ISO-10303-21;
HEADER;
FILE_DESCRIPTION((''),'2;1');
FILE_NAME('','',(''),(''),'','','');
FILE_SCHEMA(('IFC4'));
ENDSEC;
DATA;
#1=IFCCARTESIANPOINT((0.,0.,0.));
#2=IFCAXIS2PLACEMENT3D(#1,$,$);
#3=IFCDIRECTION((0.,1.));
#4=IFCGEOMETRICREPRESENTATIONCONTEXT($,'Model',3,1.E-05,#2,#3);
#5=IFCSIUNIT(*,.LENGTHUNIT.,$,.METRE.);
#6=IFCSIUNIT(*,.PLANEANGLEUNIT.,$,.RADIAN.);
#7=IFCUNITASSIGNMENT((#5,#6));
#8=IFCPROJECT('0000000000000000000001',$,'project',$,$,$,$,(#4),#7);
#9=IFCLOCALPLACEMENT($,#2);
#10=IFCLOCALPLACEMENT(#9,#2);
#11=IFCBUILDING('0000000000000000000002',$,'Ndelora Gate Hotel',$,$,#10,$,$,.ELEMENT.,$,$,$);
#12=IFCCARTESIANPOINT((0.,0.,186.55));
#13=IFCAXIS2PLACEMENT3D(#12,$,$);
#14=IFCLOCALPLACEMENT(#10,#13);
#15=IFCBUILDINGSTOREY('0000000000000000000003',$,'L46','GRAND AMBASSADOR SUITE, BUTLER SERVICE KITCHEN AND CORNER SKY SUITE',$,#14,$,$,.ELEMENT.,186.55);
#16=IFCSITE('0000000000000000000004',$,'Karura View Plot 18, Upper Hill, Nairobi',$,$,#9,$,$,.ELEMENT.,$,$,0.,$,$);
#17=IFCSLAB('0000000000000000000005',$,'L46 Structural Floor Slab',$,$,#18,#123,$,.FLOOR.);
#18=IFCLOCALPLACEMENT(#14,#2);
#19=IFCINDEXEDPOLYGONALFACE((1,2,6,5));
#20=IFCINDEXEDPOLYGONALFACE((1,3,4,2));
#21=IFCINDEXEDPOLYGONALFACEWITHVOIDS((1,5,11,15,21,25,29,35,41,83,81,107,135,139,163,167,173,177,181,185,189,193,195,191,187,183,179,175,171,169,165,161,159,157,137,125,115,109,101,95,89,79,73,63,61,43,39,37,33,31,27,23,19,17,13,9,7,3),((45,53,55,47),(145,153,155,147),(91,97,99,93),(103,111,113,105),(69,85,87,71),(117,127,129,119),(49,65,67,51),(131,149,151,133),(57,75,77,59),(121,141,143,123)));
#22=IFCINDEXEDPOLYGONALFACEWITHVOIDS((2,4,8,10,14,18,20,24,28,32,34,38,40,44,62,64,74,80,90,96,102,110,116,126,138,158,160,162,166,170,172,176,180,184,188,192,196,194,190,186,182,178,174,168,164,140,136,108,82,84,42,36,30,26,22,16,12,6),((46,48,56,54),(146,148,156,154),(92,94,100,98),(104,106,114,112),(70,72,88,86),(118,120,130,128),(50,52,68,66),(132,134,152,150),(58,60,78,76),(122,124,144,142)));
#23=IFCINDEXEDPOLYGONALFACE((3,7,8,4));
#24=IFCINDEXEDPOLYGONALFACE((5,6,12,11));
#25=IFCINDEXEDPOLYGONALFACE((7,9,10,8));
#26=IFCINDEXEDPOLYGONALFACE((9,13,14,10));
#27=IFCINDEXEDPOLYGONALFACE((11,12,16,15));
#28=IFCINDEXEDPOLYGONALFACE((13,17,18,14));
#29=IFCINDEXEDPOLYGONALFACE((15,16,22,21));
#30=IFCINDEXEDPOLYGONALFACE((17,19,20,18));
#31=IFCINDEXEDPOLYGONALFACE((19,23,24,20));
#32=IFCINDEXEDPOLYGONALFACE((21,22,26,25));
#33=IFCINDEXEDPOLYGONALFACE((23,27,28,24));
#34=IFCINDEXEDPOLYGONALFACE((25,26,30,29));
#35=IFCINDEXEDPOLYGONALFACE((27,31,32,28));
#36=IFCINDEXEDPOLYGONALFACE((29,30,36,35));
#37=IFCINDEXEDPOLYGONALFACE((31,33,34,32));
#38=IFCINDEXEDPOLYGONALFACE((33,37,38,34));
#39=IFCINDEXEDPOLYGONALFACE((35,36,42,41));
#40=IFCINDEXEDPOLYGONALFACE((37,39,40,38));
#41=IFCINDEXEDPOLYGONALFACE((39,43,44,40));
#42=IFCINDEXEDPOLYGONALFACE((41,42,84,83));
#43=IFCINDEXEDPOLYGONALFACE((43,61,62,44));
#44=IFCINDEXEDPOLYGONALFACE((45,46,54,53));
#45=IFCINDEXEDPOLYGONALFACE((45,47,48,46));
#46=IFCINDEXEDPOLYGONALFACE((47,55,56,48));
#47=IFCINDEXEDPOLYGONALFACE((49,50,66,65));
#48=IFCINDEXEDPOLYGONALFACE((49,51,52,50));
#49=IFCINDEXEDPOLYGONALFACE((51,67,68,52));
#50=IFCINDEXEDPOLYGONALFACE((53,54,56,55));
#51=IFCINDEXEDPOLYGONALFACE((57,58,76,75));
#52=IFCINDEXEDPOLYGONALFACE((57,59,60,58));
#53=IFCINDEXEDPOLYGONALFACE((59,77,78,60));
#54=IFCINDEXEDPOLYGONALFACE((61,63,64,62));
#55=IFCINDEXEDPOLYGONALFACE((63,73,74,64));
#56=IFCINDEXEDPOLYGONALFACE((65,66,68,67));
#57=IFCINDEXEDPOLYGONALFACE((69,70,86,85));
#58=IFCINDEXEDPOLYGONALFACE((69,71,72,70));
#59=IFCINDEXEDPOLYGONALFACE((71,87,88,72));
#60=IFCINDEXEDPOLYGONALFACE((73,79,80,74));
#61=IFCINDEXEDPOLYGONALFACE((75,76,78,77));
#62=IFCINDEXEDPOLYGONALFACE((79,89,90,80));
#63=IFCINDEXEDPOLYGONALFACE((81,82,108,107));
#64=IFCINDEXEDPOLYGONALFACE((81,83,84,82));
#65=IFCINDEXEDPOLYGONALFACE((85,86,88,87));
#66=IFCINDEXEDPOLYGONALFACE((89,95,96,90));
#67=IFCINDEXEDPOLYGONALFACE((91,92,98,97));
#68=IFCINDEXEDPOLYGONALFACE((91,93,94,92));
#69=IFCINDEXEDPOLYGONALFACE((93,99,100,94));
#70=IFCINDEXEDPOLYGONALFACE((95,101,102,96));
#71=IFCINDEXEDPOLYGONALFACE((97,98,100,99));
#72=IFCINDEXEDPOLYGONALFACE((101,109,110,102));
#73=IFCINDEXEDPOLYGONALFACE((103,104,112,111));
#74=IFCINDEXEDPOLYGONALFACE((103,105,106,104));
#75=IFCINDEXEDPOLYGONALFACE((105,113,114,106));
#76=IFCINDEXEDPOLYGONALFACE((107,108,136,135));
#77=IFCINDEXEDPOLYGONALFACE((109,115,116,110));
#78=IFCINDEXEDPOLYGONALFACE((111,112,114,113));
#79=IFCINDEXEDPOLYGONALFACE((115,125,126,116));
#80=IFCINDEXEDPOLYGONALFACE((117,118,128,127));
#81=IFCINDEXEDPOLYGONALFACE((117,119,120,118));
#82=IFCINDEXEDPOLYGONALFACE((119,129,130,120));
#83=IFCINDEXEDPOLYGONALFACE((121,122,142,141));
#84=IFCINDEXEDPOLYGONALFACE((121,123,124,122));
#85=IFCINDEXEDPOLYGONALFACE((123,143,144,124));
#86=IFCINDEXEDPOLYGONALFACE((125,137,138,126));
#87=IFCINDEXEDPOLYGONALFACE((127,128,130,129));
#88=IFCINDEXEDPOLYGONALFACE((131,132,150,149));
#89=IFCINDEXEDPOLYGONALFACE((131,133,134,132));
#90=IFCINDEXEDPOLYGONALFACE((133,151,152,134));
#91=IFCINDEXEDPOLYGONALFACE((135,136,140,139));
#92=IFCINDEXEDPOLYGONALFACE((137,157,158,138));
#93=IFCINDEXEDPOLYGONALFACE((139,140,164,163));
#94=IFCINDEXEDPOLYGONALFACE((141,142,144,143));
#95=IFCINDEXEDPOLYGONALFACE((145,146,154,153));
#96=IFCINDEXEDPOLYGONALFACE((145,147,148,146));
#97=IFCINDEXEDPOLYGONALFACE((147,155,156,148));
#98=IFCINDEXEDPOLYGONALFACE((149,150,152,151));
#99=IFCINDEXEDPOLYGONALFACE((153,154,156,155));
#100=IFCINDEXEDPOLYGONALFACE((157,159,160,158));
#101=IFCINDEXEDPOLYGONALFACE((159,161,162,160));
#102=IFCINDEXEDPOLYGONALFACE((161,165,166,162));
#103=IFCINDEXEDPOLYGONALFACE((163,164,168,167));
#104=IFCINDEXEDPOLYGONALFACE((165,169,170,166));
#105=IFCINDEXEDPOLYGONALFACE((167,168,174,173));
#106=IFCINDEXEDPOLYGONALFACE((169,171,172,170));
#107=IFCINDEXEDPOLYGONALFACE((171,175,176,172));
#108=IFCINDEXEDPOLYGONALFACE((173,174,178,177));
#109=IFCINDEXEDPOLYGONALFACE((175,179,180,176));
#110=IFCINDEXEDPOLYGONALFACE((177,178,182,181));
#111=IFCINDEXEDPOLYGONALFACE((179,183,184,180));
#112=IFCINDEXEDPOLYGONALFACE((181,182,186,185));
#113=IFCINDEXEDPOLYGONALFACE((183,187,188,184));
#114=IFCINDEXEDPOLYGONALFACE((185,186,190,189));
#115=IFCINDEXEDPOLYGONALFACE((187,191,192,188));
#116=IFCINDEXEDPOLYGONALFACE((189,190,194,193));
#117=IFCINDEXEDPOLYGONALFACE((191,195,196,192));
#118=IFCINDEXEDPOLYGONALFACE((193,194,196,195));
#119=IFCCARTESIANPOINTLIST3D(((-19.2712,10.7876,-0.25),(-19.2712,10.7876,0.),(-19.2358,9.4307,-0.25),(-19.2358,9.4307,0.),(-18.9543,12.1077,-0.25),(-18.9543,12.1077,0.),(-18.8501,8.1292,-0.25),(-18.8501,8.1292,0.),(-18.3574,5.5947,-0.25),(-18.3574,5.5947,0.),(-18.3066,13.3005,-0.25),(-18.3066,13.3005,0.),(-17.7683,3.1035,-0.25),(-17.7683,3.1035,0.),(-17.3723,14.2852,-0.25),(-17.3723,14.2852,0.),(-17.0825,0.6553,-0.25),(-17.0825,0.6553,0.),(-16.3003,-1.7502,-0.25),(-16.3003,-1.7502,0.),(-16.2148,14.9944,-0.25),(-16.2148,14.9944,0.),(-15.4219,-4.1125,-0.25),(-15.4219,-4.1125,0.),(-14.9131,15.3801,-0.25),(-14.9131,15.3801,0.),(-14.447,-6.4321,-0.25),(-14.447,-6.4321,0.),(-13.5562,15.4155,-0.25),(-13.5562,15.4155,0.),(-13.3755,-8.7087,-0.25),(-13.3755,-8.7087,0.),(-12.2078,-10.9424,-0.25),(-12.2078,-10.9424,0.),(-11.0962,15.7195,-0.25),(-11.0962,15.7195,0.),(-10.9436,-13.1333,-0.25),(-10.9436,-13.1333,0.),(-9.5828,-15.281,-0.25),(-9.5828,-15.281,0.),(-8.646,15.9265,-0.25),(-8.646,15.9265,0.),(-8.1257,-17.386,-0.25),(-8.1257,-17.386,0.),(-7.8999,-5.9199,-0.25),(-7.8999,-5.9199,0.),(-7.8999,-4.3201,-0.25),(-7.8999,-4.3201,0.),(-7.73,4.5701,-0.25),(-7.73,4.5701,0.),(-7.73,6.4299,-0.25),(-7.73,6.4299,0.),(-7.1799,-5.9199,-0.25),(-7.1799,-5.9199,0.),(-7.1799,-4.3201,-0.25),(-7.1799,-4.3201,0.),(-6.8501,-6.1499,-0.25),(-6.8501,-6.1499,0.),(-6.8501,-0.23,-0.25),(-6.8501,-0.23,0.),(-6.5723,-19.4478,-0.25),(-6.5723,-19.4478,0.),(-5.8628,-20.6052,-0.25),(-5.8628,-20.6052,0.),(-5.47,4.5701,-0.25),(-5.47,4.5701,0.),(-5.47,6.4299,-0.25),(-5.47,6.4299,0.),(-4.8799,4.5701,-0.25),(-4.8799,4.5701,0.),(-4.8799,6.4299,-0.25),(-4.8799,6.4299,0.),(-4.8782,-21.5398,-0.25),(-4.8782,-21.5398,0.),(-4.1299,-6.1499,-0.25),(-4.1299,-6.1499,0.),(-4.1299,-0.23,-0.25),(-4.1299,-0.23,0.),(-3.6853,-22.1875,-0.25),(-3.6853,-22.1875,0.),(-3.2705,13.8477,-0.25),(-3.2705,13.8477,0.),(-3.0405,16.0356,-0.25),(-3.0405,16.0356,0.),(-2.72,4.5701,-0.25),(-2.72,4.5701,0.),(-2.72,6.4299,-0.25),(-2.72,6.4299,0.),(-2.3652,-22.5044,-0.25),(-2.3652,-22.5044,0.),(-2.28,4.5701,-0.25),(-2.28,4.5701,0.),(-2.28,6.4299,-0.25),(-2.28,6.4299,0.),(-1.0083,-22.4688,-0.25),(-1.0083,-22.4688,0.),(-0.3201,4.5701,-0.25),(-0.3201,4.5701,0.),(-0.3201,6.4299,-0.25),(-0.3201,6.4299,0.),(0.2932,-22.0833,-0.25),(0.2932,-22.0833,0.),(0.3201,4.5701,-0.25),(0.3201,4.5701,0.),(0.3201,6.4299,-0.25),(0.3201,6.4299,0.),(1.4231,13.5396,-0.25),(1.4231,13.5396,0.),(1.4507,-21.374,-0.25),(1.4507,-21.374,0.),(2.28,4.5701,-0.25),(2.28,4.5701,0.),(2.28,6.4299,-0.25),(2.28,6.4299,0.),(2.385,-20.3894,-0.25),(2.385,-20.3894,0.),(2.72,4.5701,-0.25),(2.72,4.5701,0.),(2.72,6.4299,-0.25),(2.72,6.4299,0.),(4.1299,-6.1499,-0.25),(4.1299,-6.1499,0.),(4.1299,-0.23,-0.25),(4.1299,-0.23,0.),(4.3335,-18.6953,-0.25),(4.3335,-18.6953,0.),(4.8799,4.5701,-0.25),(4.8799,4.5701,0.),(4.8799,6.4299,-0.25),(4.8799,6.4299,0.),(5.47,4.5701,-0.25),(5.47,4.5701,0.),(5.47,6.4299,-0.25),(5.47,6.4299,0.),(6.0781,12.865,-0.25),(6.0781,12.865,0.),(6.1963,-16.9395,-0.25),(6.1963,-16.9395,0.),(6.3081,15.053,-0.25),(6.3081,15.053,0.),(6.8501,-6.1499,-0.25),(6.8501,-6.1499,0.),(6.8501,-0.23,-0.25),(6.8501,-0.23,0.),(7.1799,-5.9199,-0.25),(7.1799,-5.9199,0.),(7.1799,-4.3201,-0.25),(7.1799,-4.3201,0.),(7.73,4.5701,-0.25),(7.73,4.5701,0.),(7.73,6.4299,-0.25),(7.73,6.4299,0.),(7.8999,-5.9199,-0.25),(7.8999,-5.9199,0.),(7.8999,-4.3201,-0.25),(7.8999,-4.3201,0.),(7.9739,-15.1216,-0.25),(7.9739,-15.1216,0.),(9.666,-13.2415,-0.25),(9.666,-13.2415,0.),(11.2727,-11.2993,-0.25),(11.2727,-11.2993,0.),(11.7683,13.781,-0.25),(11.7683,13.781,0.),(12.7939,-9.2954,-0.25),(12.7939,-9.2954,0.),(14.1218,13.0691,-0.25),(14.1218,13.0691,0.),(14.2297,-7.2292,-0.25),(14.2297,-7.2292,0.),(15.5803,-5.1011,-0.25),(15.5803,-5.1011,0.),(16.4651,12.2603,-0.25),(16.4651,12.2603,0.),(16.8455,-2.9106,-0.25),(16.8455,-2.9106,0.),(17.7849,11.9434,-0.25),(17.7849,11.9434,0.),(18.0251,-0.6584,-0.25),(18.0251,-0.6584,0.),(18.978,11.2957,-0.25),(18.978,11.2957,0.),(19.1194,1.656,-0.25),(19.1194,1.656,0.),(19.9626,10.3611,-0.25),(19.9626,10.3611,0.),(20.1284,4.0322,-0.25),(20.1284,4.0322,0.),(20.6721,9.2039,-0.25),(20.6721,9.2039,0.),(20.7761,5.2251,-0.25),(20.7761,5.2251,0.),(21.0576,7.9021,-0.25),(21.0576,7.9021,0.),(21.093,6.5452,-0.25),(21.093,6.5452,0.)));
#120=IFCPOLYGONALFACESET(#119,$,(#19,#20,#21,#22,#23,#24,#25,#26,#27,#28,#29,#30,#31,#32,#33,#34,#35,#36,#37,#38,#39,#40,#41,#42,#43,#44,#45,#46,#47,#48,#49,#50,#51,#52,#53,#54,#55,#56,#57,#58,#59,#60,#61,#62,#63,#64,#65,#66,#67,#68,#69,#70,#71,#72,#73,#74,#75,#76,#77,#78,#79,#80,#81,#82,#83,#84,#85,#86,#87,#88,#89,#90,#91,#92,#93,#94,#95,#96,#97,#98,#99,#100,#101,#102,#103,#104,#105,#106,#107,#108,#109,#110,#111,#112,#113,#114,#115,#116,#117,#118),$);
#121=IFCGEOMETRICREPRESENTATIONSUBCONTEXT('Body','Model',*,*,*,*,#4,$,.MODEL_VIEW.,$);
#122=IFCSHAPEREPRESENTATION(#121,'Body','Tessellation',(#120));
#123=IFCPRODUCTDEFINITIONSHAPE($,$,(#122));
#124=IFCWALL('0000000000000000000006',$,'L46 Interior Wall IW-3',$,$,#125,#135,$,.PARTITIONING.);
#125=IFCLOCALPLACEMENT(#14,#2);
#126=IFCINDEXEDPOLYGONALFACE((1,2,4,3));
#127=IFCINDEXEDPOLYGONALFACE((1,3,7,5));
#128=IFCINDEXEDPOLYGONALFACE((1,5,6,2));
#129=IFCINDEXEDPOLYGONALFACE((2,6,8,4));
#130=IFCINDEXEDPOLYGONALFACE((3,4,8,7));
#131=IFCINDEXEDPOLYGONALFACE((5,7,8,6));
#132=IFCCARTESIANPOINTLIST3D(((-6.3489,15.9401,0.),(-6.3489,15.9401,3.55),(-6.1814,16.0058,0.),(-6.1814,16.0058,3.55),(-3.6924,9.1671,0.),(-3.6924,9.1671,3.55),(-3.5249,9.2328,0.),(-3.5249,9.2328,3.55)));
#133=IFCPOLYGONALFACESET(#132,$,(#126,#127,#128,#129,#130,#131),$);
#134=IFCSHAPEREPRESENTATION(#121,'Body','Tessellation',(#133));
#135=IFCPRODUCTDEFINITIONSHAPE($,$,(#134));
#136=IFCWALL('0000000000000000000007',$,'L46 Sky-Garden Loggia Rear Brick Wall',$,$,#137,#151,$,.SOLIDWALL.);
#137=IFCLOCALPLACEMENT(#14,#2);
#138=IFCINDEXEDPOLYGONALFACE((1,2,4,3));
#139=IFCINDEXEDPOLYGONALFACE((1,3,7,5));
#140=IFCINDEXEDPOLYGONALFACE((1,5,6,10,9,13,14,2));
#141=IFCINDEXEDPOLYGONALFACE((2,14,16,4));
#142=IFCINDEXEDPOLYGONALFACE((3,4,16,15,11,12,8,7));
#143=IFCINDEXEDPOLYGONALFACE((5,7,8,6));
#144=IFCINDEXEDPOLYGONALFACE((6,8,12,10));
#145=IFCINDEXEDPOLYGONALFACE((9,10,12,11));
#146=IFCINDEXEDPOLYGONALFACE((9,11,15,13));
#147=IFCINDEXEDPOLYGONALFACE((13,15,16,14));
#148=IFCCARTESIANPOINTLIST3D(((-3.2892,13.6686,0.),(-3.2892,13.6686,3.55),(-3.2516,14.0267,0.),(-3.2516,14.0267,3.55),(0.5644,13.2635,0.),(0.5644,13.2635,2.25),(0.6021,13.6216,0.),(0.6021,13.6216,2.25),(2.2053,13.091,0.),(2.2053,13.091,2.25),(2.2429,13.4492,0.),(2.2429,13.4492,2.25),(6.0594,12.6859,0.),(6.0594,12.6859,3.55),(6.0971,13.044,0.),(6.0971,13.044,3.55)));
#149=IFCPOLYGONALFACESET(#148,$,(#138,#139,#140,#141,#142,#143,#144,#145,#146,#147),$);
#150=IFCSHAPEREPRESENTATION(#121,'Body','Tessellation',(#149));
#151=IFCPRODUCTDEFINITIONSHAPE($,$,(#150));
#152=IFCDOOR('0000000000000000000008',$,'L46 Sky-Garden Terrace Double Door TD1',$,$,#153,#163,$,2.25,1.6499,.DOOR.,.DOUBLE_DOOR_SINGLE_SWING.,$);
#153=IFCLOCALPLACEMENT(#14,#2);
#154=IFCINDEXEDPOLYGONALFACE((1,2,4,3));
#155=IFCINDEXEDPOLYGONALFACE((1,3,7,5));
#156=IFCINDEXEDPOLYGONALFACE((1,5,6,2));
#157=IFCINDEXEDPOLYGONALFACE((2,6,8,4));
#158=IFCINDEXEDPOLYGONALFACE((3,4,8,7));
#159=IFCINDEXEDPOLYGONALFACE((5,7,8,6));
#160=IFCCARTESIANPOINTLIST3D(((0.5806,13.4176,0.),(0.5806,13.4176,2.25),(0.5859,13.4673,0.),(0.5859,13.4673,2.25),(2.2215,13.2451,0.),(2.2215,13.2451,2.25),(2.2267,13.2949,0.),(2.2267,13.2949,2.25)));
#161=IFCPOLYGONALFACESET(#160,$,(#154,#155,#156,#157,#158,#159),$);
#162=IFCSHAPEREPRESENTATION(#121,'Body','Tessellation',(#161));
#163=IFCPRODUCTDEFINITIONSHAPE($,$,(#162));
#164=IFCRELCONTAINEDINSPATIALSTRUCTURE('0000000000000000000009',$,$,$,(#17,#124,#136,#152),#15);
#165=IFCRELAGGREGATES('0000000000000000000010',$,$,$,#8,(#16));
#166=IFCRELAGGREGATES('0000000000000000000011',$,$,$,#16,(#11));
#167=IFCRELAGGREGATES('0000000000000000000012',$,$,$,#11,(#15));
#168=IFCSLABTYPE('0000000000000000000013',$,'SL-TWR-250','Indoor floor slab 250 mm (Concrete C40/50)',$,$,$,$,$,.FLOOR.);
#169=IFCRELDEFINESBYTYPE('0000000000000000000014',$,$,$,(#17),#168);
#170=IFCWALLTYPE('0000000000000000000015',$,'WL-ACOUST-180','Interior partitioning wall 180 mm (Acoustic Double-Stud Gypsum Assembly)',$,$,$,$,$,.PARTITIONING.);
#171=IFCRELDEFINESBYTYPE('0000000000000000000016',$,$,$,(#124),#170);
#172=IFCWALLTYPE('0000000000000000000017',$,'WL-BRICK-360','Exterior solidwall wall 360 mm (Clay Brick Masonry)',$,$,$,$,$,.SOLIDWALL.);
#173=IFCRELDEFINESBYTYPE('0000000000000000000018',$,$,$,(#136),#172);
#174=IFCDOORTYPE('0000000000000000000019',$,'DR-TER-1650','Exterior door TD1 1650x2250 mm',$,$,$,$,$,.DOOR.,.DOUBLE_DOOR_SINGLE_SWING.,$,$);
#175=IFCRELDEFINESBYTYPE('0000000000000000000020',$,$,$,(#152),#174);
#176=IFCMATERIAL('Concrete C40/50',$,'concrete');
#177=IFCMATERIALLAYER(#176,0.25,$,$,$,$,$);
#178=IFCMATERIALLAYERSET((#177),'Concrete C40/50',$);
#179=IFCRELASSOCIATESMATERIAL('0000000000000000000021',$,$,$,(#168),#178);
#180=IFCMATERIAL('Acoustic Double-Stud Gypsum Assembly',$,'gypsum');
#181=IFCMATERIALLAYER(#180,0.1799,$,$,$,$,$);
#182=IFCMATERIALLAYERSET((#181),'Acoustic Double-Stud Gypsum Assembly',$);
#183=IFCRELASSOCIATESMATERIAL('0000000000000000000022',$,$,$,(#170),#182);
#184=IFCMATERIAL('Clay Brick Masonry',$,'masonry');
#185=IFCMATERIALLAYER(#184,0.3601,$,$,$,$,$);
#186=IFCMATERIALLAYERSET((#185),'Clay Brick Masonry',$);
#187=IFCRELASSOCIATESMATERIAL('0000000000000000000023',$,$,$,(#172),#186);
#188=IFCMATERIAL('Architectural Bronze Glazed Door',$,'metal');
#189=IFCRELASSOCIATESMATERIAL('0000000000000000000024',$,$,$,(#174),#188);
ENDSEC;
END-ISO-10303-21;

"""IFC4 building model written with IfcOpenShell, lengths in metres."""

from ifc_helpers import new_model, si_unit, direction, frame, frame_2d, origin, place, context, subcontext, project, spatial, polyline, rectangle, outline, extrude, material, layer, layer_set, type_object, element, fill, save


model = new_model("IFC4")

# Units and contexts
model_context = context("Model", 3, precision=1e-05, world=origin(), true_north=direction((0.0, 1.0)))
body_context = subcontext(model_context, "Body", "Model", "MODEL_VIEW")
ifc_project = project(units=[si_unit("LENGTHUNIT", "METRE"), si_unit("PLANEANGLEUNIT", "RADIAN")], contexts=[model_context])

# Site, building, storey
site_placement = place(None, origin())
site = spatial("IfcSite", under=ifc_project, at=site_placement, Name="Karura View Plot 18, Upper Hill, Nairobi", CompositionType="ELEMENT", RefElevation=0.0)
building_placement = place(site_placement, origin())
building = spatial("IfcBuilding", under=site, at=building_placement, Name="Ndelora Gate Hotel", CompositionType="ELEMENT")
storey_placement = place(building_placement, frame((0.0, 0.0, 186.55)))
storey = spatial("IfcBuildingStorey", under=building, at=storey_placement, Name="L46", Description="GRAND AMBASSADOR SUITE, BUTLER SERVICE KITCHEN AND CORNER SKY SUITE", CompositionType="ELEMENT", Elevation=186.55)

# Slab
ifc_material_1 = material(Name="Concrete C40/50", Category="concrete")
ifc_layer_1 = layer(ifc_material_1, 0.25)
ifc_layer_set_1 = layer_set([ifc_layer_1], Name="Concrete C40/50")
slab_type = type_object("IfcSlabType", Name="SL-TWR-250", Description="Indoor floor slab 250 mm (Concrete C40/50)", PredefinedType="FLOOR", material=ifc_layer_set_1)
slab_placement = place(storey_placement, frame((0.0, 0.0, -0.25)))
element("IfcSlab", 1, at=slab_placement, inside=storey, type_object=slab_type, Name="L46 Structural Floor Slab", PredefinedType="FLOOR", context=body_context, shape_type="SweptSolid", body=[
    extrude(outline(polyline([(-13.5562, 15.4155), (-14.9131, 15.3801), (-16.2148, 14.9944), (-17.3723, 14.2852), (-18.3066, 13.3005), (-18.9543, 12.1077), (-19.2712, 10.7876), (-19.2358, 9.4307), (-18.8501, 8.1292), (-18.3574, 5.5947), (-17.7683, 3.1035), (-17.0825, 0.6553), (-16.3003, -1.7502), (-15.4219, -4.1125), (-14.447, -6.4321), (-13.3755, -8.7087), (-12.2078, -10.9424), (-10.9436, -13.1333), (-9.5828, -15.281), (-8.1257, -17.386), (-6.5723, -19.4478), (-5.8628, -20.6052), (-4.8782, -21.5398), (-3.6853, -22.1875), (-2.3652, -22.5044), (-1.0083, -22.4688), (0.2932, -22.0833), (1.4507, -21.374), (2.385, -20.3894), (4.3335, -18.6953), (6.1963, -16.9395), (7.9739, -15.1216), (9.666, -13.2415), (11.2727, -11.2993), (12.7939, -9.2954), (14.2297, -7.2292), (15.5803, -5.1011), (16.8455, -2.9106), (18.0251, -0.6584), (19.1194, 1.656), (20.1284, 4.0322), (20.7761, 5.2251), (21.093, 6.5452), (21.0576, 7.9021), (20.6721, 9.2039), (19.9626, 10.3611), (18.978, 11.2957), (17.7849, 11.9434), (16.4651, 12.2603), (14.1218, 13.0691), (11.7683, 13.781), (6.3081, 15.053), (6.0781, 12.865), (1.4231, 13.5396), (-3.2705, 13.8477), (-3.0405, 16.0356), (-8.646, 15.9265), (-11.0962, 15.7195), (-13.5562, 15.4155)]), holes=[polyline([(-6.8501, -0.23), (-6.8501, -6.1499), (-4.1299, -6.1499), (-4.1299, -0.23), (-6.8501, -0.23)]), polyline([(4.1299, -0.23), (4.1299, -6.1499), (6.8501, -6.1499), (6.8501, -0.23), (4.1299, -0.23)]), polyline([(-7.73, 4.5701), (-5.47, 4.5701), (-5.47, 6.4299), (-7.73, 6.4299), (-7.73, 4.5701)]), polyline([(5.47, 4.5701), (7.73, 4.5701), (7.73, 6.4299), (5.47, 6.4299), (5.47, 4.5701)]), polyline([(-4.8799, 4.5701), (-2.72, 4.5701), (-2.72, 6.4299), (-4.8799, 6.4299), (-4.8799, 4.5701)]), polyline([(2.72, 4.5701), (4.8799, 4.5701), (4.8799, 6.4299), (2.72, 6.4299), (2.72, 4.5701)]), polyline([(-2.28, 4.5701), (-0.3201, 4.5701), (-0.3201, 6.4299), (-2.28, 6.4299), (-2.28, 4.5701)]), polyline([(0.3201, 4.5701), (2.28, 4.5701), (2.28, 6.4299), (0.3201, 6.4299), (0.3201, 4.5701)]), polyline([(-7.8999, -5.9199), (-7.1799, -5.9199), (-7.1799, -4.3201), (-7.8999, -4.3201), (-7.8999, -5.9199)]), polyline([(7.1799, -5.9199), (7.8999, -5.9199), (7.8999, -4.3201), (7.1799, -4.3201), (7.1799, -5.9199)])]), origin(), (0.0, 0.0, 1.0), 0.25),
])

# Wall
ifc_material_2 = material(Name="Acoustic Double-Stud Gypsum Assembly", Category="gypsum")
ifc_layer_2 = layer(ifc_material_2, 0.1799)
ifc_layer_set_2 = layer_set([ifc_layer_2], Name="Acoustic Double-Stud Gypsum Assembly")
wall_type_1 = type_object("IfcWallType", Name="WL-ACOUST-180", Description="Interior partitioning wall 180 mm (Acoustic Double-Stud Gypsum Assembly)", PredefinedType="PARTITIONING", material=ifc_layer_set_2)
wall_1_placement = place(storey_placement, frame((-3.6086, 9.2, 0.0), z_axis=(0.0, 0.0, 1.0), x_axis=(-0.365139, 0.930953, 0.0)))
element("IfcWall", 2, at=wall_1_placement, inside=storey, type_object=wall_type_1, Name="L46 Interior Wall IW-3", PredefinedType="PARTITIONING", context=body_context, shape_type="SweptSolid", body=[
    extrude(rectangle(XDim=7.2754, YDim=0.1799, at=frame_2d((3.6377, 0.0))), origin(), (0.0, 0.0, 1.0), 3.55),
])

# Wall, opening, door
ifc_material_3 = material(Name="Clay Brick Masonry", Category="masonry")
ifc_layer_3 = layer(ifc_material_3, 0.3601)
ifc_layer_set_3 = layer_set([ifc_layer_3], Name="Clay Brick Masonry")
wall_type_2 = type_object("IfcWallType", Name="WL-BRICK-360", Description="Exterior solidwall wall 360 mm (Clay Brick Masonry)", PredefinedType="SOLIDWALL", material=ifc_layer_set_3)
wall_2_placement = place(storey_placement, frame((-3.2705, 13.8477, 0.0), z_axis=(0.0, 0.0, 1.0), x_axis=(0.994521, -0.104537, 0.0)))
wall_2 = element("IfcWall", 3, at=wall_2_placement, inside=storey, type_object=wall_type_2, Name="L46 Sky-Garden Loggia Rear Brick Wall", PredefinedType="SOLIDWALL", context=body_context, shape_type="SweptSolid", body=[
    extrude(rectangle(XDim=9.4001, YDim=0.3601, at=frame_2d((4.7002, 0.0))), origin(), (0.0, 0.0, 1.0), 3.55),
])
opening_1_placement = place(wall_2_placement, frame((3.875, 0.0, 0.0)))
opening_1 = element("IfcOpeningElement", 4, at=opening_1_placement, cuts=wall_2, PredefinedType="OPENING", context=body_context, shape_type="SweptSolid", body=[
    extrude(rectangle(XDim=1.6499, YDim=2.25, at=frame_2d((0.825, 1.125))), frame((0.0, 0.1899, 0.0), z_axis=(0.0, -1.0, 0.0), x_axis=(1.0, 0.0, 0.0)), (0.0, 0.0, 1.0), 0.3801),
])
ifc_material_4 = material(Name="Architectural Bronze Glazed Door", Category="metal")
door_type_1 = type_object("IfcDoorType", Name="DR-TER-1650", Description="Exterior door TD1 1650x2250 mm", OperationType="DOUBLE_DOOR_SINGLE_SWING", PredefinedType="DOOR", material=ifc_material_4)
door_1_placement = place(opening_1_placement, origin())
door_1 = element("IfcDoor", 5, at=door_1_placement, inside=storey, type_object=door_type_1, Name="L46 Sky-Garden Terrace Double Door TD1", OperationType="DOUBLE_DOOR_SINGLE_SWING", OverallHeight=2.25, OverallWidth=1.6499, PredefinedType="DOOR", context=body_context, shape_type="SweptSolid", body=[
    extrude(rectangle(XDim=1.6499, YDim=2.25, at=frame_2d((0.825, 1.125))), frame((0.0, 0.0249, 0.0), z_axis=(0.0, -1.0, 0.0), x_axis=(1.0, 0.0, 0.0)), (0.0, 0.0, 1.0), 0.05),
])
fill(opening_1, door_1)

save(model, "model.ifc")
